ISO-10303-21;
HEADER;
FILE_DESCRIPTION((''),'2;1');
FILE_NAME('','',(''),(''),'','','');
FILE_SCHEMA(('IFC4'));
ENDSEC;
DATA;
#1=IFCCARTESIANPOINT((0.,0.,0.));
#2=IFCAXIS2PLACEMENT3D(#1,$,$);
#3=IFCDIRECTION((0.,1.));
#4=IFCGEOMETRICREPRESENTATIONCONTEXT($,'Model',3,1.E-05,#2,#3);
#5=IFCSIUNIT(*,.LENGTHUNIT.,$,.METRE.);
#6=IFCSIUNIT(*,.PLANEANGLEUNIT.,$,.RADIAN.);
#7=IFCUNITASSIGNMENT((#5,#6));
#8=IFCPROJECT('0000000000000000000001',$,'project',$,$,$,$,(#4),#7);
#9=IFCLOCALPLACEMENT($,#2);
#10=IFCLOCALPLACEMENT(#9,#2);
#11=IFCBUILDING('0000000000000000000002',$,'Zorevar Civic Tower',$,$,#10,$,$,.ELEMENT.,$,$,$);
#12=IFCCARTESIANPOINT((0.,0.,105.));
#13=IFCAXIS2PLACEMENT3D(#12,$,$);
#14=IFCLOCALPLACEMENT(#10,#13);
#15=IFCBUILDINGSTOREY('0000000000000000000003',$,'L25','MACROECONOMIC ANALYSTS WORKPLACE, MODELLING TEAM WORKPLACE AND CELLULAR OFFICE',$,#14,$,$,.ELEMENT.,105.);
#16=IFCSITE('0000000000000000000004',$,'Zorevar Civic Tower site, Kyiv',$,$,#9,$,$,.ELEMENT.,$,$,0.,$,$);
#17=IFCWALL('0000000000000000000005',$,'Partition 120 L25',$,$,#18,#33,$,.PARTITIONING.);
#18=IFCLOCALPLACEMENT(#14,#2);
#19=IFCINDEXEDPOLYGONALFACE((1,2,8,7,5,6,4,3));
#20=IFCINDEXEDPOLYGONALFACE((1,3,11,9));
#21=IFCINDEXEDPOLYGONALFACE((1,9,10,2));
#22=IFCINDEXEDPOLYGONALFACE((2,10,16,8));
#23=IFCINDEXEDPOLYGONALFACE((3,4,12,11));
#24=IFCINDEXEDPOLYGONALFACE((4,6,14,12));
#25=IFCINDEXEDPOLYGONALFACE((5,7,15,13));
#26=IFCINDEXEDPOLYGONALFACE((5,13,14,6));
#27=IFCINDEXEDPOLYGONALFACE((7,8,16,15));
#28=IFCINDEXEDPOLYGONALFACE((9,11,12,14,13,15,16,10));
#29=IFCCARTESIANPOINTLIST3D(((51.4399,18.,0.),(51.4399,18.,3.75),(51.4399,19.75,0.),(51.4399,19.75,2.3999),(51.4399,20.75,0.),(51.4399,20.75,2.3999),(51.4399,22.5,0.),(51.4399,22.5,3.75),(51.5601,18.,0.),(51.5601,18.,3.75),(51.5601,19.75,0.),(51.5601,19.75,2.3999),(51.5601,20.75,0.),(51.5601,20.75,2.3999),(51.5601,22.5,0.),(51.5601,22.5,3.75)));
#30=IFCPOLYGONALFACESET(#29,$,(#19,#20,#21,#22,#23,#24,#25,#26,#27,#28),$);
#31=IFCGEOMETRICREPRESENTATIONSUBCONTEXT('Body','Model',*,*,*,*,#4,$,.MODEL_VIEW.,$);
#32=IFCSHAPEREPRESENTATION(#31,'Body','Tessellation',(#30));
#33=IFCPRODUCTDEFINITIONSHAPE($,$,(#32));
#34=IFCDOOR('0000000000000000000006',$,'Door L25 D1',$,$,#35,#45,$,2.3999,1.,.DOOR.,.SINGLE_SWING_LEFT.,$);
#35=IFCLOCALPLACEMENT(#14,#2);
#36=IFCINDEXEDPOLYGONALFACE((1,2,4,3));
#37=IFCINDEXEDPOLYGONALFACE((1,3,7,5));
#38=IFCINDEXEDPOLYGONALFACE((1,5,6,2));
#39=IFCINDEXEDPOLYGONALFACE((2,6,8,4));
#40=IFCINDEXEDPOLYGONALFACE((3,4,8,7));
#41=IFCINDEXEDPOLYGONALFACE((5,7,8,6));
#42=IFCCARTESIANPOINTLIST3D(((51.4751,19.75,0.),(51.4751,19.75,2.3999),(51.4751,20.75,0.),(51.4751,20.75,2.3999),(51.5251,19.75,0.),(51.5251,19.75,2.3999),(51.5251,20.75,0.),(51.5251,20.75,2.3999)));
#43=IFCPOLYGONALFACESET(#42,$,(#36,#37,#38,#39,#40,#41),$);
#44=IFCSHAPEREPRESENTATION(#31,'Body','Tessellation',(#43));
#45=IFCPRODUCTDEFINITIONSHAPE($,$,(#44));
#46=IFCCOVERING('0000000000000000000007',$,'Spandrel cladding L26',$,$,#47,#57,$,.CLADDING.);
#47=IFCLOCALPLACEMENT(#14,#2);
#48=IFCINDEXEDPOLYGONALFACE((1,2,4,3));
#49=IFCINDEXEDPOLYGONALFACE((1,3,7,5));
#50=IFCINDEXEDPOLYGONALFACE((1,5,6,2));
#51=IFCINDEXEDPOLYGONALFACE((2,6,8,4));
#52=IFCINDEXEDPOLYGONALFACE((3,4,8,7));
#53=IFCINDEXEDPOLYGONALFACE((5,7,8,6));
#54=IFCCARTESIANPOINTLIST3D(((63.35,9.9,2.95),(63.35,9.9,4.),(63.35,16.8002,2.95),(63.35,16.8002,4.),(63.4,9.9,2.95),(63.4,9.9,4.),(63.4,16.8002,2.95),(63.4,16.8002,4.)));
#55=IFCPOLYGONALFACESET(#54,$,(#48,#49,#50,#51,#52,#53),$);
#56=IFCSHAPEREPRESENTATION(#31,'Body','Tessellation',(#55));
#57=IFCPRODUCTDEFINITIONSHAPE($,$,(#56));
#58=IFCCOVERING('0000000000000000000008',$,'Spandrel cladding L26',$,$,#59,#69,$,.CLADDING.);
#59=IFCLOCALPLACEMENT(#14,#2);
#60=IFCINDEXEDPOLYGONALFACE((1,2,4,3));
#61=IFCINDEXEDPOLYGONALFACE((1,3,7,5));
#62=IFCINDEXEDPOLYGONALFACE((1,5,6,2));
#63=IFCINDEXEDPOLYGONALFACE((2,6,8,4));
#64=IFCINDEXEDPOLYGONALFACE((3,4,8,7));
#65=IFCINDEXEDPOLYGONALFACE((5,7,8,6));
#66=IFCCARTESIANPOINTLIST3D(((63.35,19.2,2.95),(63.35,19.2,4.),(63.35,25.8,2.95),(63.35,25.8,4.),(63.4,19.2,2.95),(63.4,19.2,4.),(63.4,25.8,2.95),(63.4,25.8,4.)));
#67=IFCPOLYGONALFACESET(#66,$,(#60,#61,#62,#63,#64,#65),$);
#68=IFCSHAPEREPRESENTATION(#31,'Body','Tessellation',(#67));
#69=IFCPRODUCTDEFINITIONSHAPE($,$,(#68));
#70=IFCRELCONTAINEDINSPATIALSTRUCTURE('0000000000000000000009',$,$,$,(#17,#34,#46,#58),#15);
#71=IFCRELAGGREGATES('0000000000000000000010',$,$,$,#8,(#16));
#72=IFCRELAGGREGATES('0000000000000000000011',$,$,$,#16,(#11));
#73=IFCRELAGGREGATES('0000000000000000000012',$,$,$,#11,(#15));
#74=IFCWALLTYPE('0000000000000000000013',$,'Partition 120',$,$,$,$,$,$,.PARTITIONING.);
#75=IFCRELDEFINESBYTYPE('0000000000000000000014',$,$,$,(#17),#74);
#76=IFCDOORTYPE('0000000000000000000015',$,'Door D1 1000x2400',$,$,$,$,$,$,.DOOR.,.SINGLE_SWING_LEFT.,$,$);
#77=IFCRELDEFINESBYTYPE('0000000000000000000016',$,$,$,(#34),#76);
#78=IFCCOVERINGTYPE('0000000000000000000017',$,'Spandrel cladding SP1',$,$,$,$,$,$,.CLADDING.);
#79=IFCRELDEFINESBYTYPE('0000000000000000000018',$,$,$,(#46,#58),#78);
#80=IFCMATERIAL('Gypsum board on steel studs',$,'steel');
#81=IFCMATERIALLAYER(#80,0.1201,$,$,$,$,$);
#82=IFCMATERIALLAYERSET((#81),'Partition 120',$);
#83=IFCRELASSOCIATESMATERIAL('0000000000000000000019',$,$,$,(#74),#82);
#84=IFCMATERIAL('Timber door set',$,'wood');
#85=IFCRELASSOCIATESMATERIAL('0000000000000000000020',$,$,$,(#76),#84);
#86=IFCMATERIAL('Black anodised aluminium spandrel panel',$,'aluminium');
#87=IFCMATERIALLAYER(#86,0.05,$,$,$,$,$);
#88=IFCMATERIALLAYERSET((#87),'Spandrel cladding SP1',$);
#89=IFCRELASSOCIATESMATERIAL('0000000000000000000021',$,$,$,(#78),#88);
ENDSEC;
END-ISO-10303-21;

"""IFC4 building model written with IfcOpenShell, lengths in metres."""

from ifc_helpers import new_model, si_unit, direction, frame, frame_2d, origin, place, context, subcontext, project, spatial, rectangle, extrude, material, layer, layer_set, type_object, element, fill, save


model = new_model("IFC4")

# Units and contexts
model_context = context("Model", 3, precision=1e-05, world=origin(), true_north=direction((0.0, 1.0)))
body_context = subcontext(model_context, "Body", "Model", "MODEL_VIEW")
ifc_project = project(units=[si_unit("LENGTHUNIT", "METRE"), si_unit("PLANEANGLEUNIT", "RADIAN")], contexts=[model_context])

# Site, building, storey
site_placement = place(None, origin())
site = spatial("IfcSite", under=ifc_project, at=site_placement, Name="Zorevar Civic Tower site, Kyiv", CompositionType="ELEMENT", RefElevation=0.0)
building_placement = place(site_placement, origin())
building = spatial("IfcBuilding", under=site, at=building_placement, Name="Zorevar Civic Tower", CompositionType="ELEMENT")
storey_placement = place(building_placement, frame((0.0, 0.0, 105.0)))
storey = spatial("IfcBuildingStorey", under=building, at=storey_placement, Name="L25", Description="MACROECONOMIC ANALYSTS WORKPLACE, MODELLING TEAM WORKPLACE AND CELLULAR OFFICE", CompositionType="ELEMENT", Elevation=105.0)

# Shared definitions
ifc_material_1 = material(Name="Gypsum board on steel studs", Category="steel")
ifc_layer_1 = layer(ifc_material_1, 0.1201)
ifc_layer_set_1 = layer_set([ifc_layer_1], Name="Partition 120")
wall_type_1 = type_object("IfcWallType", Name="Partition 120", PredefinedType="PARTITIONING", material=ifc_layer_set_1)

# Wall, opening, door
wall_1_placement = place(storey_placement, frame((51.5, 18.0, 0.0), z_axis=(0.0, 0.0, 1.0), x_axis=(0.0, 1.0, 0.0)))
wall_1 = element("IfcWall", 1, at=wall_1_placement, inside=storey, type_object=wall_type_1, Name="Partition 120 L25", PredefinedType="PARTITIONING", context=body_context, shape_type="SweptSolid", body=[
    extrude(rectangle(XDim=4.5, YDim=0.1201, at=frame_2d((2.25, 0.0))), origin(), (0.0, 0.0, 1.0), 3.75),
])
opening_placement = place(wall_1_placement, frame((1.75, 0.0, 0.0)))
opening = element("IfcOpeningElement", 2, at=opening_placement, cuts=wall_1, PredefinedType="OPENING", context=body_context, shape_type="SweptSolid", body=[
    extrude(rectangle(XDim=1.0, YDim=2.3999, at=frame_2d((0.5, 1.2))), frame((0.0, 0.0701, 0.0), z_axis=(0.0, -1.0, 0.0), x_axis=(1.0, 0.0, 0.0)), (0.0, 0.0, 1.0), 0.1401),
])
ifc_material_2 = material(Name="Timber door set", Category="wood")
door_type = type_object("IfcDoorType", Name="Door D1 1000x2400", OperationType="SINGLE_SWING_LEFT", PredefinedType="DOOR", material=ifc_material_2)
door_placement = place(opening_placement, origin())
door = element("IfcDoor", 3, at=door_placement, inside=storey, type_object=door_type, Name="Door L25 D1", OperationType="SINGLE_SWING_LEFT", OverallHeight=2.3999, OverallWidth=1.0, PredefinedType="DOOR", context=body_context, shape_type="SweptSolid", body=[
    extrude(rectangle(XDim=1.0, YDim=2.3999, at=frame_2d((0.5, 1.2))), frame((0.0, 0.0249, 0.0), z_axis=(0.0, -1.0, 0.0), x_axis=(1.0, 0.0, 0.0)), (0.0, 0.0, 1.0), 0.05),
])
fill(opening, door)

# Coverings
ifc_material_3 = material(Name="Black anodised aluminium spandrel panel", Category="aluminium")
ifc_layer_2 = layer(ifc_material_3, 0.05)
ifc_layer_set_2 = layer_set([ifc_layer_2], Name="Spandrel cladding SP1")
covering_type = type_object("IfcCoveringType", Name="Spandrel cladding SP1", PredefinedType="CLADDING", material=ifc_layer_set_2)
covering_1_placement = place(storey_placement, frame((63.375, 9.8999, 2.95), z_axis=(0.0, 0.0, 1.0), x_axis=(0.0, 1.0, 0.0)))
element("IfcCovering", 4, at=covering_1_placement, inside=storey, type_object=covering_type, Name="Spandrel cladding L26", PredefinedType="CLADDING", context=body_context, shape_type="SweptSolid", body=[
    extrude(rectangle(XDim=6.9001, YDim=0.05, at=frame_2d((3.4502, 0.0))), origin(), (0.0, 0.0, 1.0), 1.05),
])
covering_2_placement = place(storey_placement, frame((63.375, 19.2, 2.95), z_axis=(0.0, 0.0, 1.0), x_axis=(0.0, 1.0, 0.0)))
element("IfcCovering", 5, at=covering_2_placement, inside=storey, type_object=covering_type, Name="Spandrel cladding L26", PredefinedType="CLADDING", context=body_context, shape_type="SweptSolid", body=[
    extrude(rectangle(XDim=6.6001, YDim=0.05, at=frame_2d((3.3, 0.0))), origin(), (0.0, 0.0, 1.0), 1.05),
])

save(model, "model.ifc")
